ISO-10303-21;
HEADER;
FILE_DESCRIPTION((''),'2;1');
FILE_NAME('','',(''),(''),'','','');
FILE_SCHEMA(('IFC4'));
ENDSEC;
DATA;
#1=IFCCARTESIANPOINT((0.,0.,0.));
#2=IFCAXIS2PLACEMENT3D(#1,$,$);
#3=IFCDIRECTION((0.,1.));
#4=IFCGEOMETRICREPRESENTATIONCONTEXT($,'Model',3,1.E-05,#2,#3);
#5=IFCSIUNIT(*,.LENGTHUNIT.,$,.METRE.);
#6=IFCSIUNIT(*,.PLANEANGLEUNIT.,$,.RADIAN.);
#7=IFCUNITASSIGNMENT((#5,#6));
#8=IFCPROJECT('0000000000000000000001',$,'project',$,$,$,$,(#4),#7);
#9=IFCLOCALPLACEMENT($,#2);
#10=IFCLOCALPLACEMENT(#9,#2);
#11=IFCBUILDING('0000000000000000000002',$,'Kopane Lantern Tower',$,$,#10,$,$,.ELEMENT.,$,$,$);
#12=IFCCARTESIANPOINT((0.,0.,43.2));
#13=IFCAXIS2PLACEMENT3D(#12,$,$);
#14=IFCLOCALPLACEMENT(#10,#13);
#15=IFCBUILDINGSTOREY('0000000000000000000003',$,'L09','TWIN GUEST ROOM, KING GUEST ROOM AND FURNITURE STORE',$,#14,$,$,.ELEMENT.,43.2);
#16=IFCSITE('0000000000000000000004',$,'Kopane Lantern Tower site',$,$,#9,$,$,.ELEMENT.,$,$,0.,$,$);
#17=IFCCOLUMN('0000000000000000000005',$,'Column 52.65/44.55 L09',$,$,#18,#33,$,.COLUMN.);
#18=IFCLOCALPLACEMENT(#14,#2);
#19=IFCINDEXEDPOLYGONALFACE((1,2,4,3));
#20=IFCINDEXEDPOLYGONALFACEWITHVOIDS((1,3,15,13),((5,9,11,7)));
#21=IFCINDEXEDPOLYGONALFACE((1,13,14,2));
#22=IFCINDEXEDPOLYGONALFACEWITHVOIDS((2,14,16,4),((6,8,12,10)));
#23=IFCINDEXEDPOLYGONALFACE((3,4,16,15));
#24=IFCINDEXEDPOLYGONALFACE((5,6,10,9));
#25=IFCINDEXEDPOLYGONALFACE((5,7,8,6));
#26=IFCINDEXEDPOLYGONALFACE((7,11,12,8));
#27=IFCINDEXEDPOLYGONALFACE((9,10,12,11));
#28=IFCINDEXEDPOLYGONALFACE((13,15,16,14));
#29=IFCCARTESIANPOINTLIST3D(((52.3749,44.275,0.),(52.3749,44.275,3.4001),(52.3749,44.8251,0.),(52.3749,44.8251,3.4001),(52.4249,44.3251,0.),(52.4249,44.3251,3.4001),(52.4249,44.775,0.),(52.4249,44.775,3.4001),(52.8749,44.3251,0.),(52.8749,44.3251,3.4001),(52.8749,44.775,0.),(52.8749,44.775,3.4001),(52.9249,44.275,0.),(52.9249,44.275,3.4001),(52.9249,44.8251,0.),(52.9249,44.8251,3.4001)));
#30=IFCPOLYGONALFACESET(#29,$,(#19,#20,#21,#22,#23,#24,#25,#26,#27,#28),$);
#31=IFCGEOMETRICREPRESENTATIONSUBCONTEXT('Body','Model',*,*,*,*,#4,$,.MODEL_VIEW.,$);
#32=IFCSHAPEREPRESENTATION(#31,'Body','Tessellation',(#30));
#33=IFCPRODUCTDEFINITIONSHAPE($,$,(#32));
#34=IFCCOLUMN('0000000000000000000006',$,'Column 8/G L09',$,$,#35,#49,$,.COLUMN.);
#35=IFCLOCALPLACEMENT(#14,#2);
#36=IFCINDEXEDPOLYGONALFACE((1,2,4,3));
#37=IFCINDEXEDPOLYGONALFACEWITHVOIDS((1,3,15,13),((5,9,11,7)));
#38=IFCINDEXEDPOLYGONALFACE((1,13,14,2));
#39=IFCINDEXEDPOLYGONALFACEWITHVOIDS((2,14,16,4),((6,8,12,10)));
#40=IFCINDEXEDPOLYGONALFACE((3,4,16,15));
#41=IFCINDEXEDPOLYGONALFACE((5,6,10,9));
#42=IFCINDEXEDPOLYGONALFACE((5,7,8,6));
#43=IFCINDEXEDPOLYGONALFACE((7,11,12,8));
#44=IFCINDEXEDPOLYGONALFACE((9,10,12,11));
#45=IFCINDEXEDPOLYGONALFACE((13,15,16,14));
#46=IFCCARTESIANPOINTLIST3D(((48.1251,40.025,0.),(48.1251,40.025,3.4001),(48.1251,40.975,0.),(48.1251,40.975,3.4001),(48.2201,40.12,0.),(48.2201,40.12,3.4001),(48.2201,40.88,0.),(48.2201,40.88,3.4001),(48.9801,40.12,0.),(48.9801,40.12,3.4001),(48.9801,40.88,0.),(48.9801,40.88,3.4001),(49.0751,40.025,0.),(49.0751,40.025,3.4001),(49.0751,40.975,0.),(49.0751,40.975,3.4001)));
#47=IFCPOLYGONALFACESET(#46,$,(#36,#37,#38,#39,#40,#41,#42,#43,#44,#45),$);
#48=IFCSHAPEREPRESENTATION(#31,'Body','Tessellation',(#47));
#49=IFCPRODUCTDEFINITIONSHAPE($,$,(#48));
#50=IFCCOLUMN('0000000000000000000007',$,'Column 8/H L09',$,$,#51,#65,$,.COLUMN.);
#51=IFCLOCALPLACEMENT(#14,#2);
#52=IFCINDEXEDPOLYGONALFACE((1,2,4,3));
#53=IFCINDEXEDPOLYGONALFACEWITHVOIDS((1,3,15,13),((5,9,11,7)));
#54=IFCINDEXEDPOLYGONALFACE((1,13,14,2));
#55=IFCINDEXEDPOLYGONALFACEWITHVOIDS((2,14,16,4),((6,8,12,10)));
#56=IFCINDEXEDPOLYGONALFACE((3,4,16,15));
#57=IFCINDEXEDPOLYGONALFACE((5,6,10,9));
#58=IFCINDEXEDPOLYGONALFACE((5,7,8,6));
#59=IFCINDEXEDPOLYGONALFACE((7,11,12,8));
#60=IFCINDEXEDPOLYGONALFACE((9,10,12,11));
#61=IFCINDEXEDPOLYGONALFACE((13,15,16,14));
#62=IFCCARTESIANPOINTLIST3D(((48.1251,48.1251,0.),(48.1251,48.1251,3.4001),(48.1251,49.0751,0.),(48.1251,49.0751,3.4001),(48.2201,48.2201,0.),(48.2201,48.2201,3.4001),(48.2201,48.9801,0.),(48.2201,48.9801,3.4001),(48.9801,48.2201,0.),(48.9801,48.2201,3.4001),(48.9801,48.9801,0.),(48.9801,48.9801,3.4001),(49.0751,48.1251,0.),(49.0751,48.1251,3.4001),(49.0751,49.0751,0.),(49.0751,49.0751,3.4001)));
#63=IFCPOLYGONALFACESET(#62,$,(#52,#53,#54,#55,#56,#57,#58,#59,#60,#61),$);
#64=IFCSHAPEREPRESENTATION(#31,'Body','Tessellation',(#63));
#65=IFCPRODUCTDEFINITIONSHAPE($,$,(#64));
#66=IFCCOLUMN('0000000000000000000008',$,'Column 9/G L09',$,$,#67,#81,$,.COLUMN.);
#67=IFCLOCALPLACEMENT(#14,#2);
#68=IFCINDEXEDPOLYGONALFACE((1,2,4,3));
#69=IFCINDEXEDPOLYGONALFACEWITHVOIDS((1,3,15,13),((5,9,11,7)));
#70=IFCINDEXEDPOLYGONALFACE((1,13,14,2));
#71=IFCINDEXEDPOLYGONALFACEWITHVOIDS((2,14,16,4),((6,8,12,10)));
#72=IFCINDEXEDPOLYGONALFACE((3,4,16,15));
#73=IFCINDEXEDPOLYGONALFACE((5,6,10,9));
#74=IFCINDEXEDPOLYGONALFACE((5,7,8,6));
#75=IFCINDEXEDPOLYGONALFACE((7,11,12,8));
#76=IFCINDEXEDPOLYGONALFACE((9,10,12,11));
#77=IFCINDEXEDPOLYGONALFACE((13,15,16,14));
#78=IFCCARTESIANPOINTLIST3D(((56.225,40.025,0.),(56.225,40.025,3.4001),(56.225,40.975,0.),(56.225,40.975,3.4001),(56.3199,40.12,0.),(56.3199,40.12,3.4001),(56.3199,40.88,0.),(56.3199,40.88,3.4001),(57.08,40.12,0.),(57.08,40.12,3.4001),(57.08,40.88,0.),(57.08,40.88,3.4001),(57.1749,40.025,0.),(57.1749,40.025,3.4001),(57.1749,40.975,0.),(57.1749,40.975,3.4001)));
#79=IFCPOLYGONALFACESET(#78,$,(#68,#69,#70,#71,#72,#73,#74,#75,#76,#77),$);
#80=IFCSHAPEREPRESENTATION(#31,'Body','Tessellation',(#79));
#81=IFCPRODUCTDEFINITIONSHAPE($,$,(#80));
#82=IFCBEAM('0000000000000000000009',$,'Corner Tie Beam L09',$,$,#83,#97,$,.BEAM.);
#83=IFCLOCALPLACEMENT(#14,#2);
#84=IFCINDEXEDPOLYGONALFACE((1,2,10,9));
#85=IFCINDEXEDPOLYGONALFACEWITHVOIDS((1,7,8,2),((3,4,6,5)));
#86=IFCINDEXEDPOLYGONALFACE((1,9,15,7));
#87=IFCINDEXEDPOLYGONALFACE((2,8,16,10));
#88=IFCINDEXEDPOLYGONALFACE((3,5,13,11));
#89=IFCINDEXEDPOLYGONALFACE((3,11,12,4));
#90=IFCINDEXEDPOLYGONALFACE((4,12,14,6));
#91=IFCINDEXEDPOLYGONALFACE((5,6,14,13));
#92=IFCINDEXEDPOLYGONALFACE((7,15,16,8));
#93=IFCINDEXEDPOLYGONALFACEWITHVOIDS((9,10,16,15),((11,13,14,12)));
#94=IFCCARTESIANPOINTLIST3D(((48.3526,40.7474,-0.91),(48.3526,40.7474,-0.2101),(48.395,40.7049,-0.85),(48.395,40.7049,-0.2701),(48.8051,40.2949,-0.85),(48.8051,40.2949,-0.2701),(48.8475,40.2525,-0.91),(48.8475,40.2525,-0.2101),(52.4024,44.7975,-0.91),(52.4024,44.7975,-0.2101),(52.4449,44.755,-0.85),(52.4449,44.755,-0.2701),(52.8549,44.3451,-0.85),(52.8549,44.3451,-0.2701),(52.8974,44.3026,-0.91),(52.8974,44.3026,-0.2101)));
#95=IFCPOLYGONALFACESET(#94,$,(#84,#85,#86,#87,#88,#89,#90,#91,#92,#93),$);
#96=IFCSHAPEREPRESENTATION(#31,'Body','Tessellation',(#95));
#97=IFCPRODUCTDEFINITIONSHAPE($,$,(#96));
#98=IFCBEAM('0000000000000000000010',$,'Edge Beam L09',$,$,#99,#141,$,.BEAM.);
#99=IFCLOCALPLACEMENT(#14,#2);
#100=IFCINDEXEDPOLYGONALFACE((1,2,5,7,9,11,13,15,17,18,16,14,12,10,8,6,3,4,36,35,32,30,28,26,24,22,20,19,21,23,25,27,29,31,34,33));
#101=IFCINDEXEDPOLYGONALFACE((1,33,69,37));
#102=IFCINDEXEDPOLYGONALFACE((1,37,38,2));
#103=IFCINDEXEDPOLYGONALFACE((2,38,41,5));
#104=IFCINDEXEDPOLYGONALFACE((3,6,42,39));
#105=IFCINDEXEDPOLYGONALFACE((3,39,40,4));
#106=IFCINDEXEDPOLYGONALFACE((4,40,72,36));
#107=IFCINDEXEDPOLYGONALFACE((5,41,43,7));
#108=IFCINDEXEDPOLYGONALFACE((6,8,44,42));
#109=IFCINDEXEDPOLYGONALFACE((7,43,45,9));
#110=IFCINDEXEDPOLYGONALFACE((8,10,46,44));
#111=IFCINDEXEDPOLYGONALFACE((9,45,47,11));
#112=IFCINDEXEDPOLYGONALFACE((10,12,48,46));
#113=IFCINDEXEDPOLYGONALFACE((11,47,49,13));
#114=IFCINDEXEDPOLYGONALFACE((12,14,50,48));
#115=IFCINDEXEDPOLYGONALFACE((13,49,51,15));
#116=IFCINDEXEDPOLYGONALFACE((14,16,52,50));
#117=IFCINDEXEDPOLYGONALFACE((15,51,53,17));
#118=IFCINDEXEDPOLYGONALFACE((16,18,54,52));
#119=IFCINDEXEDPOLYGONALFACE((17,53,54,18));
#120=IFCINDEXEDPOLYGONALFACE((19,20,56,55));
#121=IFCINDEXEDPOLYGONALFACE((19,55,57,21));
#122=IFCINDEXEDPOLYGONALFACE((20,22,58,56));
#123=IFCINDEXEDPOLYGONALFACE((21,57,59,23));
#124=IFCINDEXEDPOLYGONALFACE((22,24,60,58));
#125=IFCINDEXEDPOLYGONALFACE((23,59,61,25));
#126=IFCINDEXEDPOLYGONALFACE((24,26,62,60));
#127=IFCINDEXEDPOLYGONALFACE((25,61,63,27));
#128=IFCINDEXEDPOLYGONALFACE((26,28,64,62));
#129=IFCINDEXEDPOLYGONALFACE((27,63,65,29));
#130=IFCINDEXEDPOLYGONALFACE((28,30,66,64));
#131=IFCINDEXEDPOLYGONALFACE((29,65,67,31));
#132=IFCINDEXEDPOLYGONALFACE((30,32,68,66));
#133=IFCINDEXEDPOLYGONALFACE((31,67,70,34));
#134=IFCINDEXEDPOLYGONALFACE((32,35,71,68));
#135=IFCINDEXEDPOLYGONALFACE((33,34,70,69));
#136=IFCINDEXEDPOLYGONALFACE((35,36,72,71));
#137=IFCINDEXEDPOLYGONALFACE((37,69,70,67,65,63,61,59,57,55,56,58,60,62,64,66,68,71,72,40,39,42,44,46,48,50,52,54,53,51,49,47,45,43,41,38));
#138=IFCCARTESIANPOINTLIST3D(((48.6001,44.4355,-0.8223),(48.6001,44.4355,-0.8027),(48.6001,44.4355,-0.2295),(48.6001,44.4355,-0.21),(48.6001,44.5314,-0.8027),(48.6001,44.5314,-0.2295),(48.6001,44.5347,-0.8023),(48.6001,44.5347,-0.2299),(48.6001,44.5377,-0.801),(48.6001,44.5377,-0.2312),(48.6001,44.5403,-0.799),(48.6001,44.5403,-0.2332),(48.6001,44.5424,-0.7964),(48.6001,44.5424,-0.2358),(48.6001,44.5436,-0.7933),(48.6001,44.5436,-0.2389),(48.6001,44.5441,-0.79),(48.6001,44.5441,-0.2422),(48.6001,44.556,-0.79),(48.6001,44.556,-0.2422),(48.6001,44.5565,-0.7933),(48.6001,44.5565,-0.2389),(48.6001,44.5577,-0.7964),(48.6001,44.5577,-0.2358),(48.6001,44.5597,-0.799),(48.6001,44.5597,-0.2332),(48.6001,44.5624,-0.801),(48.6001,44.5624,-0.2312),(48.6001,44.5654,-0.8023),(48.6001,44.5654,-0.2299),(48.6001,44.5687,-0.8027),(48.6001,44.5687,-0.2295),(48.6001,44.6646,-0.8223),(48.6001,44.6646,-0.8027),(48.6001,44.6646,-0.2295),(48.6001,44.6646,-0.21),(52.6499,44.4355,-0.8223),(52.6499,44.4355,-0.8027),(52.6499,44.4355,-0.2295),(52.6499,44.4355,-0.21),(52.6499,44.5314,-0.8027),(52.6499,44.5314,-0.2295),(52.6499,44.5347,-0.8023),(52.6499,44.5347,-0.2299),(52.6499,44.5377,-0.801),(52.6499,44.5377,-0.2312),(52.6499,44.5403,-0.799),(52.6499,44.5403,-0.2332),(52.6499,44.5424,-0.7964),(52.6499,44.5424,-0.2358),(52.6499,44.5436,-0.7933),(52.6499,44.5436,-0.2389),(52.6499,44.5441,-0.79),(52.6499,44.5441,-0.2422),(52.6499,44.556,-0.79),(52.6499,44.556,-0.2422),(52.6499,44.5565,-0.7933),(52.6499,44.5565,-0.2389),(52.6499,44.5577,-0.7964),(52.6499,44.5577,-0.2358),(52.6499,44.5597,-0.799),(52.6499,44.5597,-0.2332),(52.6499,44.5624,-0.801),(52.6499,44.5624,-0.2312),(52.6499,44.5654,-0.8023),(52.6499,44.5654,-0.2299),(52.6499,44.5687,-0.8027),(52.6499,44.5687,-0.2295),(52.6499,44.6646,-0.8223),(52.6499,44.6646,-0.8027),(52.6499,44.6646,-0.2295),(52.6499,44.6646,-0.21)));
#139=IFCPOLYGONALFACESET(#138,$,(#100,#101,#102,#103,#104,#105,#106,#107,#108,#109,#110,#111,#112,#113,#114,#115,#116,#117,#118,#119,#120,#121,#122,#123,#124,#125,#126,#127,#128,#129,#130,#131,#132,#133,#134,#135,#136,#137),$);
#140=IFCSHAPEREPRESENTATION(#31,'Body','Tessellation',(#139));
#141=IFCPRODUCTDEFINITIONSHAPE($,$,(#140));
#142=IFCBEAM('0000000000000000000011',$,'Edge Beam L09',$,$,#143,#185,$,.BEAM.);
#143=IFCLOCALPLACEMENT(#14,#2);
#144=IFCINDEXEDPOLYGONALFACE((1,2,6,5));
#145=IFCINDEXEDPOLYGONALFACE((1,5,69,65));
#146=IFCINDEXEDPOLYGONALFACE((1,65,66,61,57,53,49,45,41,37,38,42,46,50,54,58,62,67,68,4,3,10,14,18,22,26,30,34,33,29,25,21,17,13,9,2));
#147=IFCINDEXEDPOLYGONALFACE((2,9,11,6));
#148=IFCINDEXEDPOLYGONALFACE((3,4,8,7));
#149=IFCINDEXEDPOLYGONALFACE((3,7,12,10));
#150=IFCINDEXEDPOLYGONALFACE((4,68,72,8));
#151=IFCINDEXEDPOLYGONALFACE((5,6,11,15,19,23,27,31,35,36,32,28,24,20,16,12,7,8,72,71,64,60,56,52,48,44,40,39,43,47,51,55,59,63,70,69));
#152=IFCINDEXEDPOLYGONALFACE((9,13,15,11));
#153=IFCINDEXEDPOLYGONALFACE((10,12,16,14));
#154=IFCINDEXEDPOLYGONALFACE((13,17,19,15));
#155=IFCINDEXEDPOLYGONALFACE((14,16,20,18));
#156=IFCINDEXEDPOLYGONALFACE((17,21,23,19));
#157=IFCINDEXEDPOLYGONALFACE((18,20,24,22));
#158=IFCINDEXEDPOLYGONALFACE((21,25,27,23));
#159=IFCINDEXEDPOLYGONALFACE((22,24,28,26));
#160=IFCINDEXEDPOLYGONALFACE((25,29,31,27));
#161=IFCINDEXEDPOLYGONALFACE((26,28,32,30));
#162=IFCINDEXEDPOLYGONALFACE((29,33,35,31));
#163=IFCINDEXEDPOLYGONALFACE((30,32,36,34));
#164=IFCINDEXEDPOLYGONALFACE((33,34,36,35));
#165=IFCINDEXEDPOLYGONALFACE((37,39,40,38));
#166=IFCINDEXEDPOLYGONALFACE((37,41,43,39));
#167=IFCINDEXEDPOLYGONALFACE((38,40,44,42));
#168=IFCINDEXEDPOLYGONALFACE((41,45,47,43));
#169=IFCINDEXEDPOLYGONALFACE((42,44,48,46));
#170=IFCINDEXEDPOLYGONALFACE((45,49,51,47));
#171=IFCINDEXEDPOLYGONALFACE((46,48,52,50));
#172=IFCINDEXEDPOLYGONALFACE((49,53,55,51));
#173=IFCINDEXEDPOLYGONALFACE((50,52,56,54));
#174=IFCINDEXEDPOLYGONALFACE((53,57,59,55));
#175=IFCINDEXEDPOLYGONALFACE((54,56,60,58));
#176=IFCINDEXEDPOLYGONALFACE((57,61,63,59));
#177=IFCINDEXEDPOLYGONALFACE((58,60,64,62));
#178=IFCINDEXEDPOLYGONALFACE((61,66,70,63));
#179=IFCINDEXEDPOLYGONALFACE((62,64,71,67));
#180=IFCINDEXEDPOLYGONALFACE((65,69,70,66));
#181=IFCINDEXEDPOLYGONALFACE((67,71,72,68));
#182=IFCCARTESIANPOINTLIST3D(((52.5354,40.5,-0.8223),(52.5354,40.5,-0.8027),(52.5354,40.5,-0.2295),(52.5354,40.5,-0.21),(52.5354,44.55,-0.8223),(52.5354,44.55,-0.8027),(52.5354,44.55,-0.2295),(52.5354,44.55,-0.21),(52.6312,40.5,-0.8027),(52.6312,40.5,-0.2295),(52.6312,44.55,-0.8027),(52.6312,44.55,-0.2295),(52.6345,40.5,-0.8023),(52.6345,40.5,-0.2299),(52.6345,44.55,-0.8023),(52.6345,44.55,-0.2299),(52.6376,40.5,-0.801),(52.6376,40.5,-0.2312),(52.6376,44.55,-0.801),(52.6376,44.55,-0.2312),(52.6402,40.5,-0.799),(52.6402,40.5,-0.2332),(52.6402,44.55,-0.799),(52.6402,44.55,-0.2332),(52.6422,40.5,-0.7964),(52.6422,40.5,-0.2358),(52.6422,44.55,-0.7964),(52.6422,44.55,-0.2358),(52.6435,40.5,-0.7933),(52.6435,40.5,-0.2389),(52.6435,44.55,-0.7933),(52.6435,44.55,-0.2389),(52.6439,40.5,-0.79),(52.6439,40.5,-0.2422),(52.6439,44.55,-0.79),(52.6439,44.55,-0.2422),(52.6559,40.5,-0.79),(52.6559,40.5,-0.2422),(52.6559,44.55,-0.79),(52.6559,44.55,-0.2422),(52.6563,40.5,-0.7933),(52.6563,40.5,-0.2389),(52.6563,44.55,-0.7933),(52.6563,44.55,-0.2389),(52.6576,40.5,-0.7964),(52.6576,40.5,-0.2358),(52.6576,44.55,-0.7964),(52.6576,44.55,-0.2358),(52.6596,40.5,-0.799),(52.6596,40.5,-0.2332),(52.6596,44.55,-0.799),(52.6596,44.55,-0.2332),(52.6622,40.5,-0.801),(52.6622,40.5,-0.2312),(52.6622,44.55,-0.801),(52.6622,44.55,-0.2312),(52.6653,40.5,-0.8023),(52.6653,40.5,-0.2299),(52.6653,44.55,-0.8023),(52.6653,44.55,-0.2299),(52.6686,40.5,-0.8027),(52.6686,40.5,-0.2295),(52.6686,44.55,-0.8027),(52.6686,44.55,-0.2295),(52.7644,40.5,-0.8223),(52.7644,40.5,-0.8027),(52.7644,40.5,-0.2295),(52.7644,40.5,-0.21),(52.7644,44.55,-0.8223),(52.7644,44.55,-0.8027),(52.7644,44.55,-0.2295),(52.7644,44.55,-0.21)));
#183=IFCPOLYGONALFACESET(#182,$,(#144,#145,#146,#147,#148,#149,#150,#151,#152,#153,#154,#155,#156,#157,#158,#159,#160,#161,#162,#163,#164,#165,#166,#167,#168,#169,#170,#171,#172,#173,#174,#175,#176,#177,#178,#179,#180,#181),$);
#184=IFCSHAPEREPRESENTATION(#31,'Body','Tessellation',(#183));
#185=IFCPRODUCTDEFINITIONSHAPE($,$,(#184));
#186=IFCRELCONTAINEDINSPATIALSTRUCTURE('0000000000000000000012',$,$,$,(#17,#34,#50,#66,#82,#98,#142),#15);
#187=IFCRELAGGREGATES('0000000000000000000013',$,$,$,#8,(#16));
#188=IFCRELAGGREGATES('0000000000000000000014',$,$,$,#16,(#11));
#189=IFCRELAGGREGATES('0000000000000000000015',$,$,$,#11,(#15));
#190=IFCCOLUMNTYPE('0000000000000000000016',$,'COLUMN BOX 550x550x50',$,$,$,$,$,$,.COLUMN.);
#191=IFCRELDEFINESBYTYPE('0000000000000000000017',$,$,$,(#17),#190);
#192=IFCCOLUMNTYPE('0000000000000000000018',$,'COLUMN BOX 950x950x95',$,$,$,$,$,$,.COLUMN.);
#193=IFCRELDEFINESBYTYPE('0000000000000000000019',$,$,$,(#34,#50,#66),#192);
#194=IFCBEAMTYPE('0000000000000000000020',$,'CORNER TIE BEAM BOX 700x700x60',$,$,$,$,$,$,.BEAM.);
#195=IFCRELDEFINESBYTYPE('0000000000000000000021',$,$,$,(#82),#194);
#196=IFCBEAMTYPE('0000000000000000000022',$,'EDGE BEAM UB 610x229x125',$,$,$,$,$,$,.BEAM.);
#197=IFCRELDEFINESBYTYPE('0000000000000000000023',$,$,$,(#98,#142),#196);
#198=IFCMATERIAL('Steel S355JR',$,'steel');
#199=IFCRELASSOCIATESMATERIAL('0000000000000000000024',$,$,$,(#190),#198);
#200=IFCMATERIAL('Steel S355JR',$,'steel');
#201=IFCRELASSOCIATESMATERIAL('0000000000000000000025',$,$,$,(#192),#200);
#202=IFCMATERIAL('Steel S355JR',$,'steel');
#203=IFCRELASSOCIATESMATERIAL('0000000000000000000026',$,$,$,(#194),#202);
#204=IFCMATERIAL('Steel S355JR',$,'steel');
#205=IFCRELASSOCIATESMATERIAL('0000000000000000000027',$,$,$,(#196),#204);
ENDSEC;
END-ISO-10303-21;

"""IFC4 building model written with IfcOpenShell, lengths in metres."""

from ifc_helpers import new_model, si_unit, direction, frame, origin, origin_2d, place, context, subcontext, project, spatial, hollow_rectangle, i_section, extrude, material, material_profile, profile_set, type_object, element, save


model = new_model("IFC4")

# Units and contexts
model_context = context("Model", 3, precision=1e-05, world=origin(), true_north=direction((0.0, 1.0)))
body_context = subcontext(model_context, "Body", "Model", "MODEL_VIEW")
ifc_project = project(units=[si_unit("LENGTHUNIT", "METRE"), si_unit("PLANEANGLEUNIT", "RADIAN")], contexts=[model_context])

# Site, building, storey
site_placement = place(None, origin())
site = spatial("IfcSite", under=ifc_project, at=site_placement, Name="Kopane Lantern Tower site", CompositionType="ELEMENT", RefElevation=0.0)
building_placement = place(site_placement, origin())
building = spatial("IfcBuilding", under=site, at=building_placement, Name="Kopane Lantern Tower", CompositionType="ELEMENT")
storey_placement = place(building_placement, frame((0.0, 0.0, 43.2)))
storey = spatial("IfcBuildingStorey", under=building, at=storey_placement, Name="L09", Description="TWIN GUEST ROOM, KING GUEST ROOM AND FURNITURE STORE", CompositionType="ELEMENT", Elevation=43.2)

# Columns
ifc_material_1 = material(Name="Steel S355JR", Category="steel")
ifc_material_profile_1 = material_profile(ifc_material_1, hollow_rectangle(XDim=0.55, YDim=0.55, WallThickness=0.05, at=origin_2d()), Name="BOX 550x550x50")
ifc_profile_set_1 = profile_set([ifc_material_profile_1], Name="Steel S355JR")
column_type_1 = type_object("IfcColumnType", Name="COLUMN BOX 550x550x50", PredefinedType="COLUMN", material=ifc_profile_set_1)
column_placement = place(storey_placement, frame((52.6499, 44.55, 0.0), z_axis=(0.0, 0.0, 1.0), x_axis=(1.0, 0.0, 0.0)))
element("IfcColumn", 1, at=column_placement, inside=storey, type_object=column_type_1, Name="Column 52.65/44.55 L09", PredefinedType="COLUMN", context=body_context, shape_type="SweptSolid", body=[
    extrude(hollow_rectangle(XDim=0.55, YDim=0.55, WallThickness=0.05, at=origin_2d()), origin(), (0.0, 0.0, 1.0), 3.4001),
])
ifc_material_2 = material(Name="Steel S355JR", Category="steel")
ifc_material_profile_2 = material_profile(ifc_material_2, hollow_rectangle(XDim=0.95, YDim=0.95, WallThickness=0.095, at=origin_2d()), Name="BOX 950x950x95")
ifc_profile_set_2 = profile_set([ifc_material_profile_2], Name="Steel S355JR")
column_type_2 = type_object("IfcColumnType", Name="COLUMN BOX 950x950x95", PredefinedType="COLUMN", material=ifc_profile_set_2)
for number, where, z_axis, x_axis, name in (
    (2, (48.6001, 40.5, 0.0), (0.0, 0.0, 1.0), (1.0, 0.0, 0.0), "Column 8/G L09"),
    (3, (48.6001, 48.6001, 0.0), (0.0, 0.0, 1.0), (1.0, 0.0, 0.0), "Column 8/H L09"),
    (4, (56.7, 40.5, 0.0), (0.0, 0.0, 1.0), (1.0, 0.0, 0.0), "Column 9/G L09"),
):
    element("IfcColumn", number, at=place(storey_placement, frame(where, z_axis=z_axis, x_axis=x_axis)), inside=storey, type_object=column_type_2, Name=name, PredefinedType="COLUMN", context=body_context, shape_type="SweptSolid", body=[
        extrude(hollow_rectangle(XDim=0.95, YDim=0.95, WallThickness=0.095, at=origin_2d()), origin(), (0.0, 0.0, 1.0), 3.4001),
    ])

# Beams
ifc_material_3 = material(Name="Steel S355JR", Category="steel")
ifc_material_profile_3 = material_profile(ifc_material_3, hollow_rectangle(XDim=0.7, YDim=0.7, WallThickness=0.0601, at=origin_2d()), Name="BOX 700x700x60")
ifc_profile_set_3 = profile_set([ifc_material_profile_3], Name="Steel S355JR")
beam_type_1 = type_object("IfcBeamType", Name="CORNER TIE BEAM BOX 700x700x60", PredefinedType="BEAM", material=ifc_profile_set_3)
beam_1_placement = place(storey_placement, frame((52.6499, 44.55, -0.5601), z_axis=(-0.707085, -0.707128, 0.0), x_axis=(0.707128, -0.707085, 0.0)))
element("IfcBeam", 5, at=beam_1_placement, inside=storey, type_object=beam_type_1, Name="Corner Tie Beam L09", PredefinedType="BEAM", context=body_context, shape_type="SweptSolid", body=[
    extrude(hollow_rectangle(XDim=0.7, YDim=0.7, WallThickness=0.0601, at=origin_2d()), origin(), (0.0, 0.0, 1.0), 5.7275),
])
ifc_material_4 = material(Name="Steel S355JR", Category="steel")
ifc_material_profile_4 = material_profile(ifc_material_4, i_section(OverallWidth=0.229, OverallDepth=0.6123, WebThickness=0.012, FlangeThickness=0.0195, FilletRadius=0.0127, at=origin_2d()), Name="UB 610x229x125")
ifc_profile_set_4 = profile_set([ifc_material_profile_4], Name="Steel S355JR")
beam_type_2 = type_object("IfcBeamType", Name="EDGE BEAM UB 610x229x125", PredefinedType="BEAM", material=ifc_profile_set_4)
beam_2_placement = place(storey_placement, frame((52.6499, 44.55, -0.5161), z_axis=(-1.0, 0.0, 0.0), x_axis=(0.0, -1.0, 0.0)))
element("IfcBeam", 6, at=beam_2_placement, inside=storey, type_object=beam_type_2, Name="Edge Beam L09", PredefinedType="BEAM", context=body_context, shape_type="SweptSolid", body=[
    extrude(i_section(OverallWidth=0.229, OverallDepth=0.6123, WebThickness=0.012, FlangeThickness=0.0195, FilletRadius=0.0127, at=origin_2d()), origin(), (0.0, 0.0, 1.0), 4.0498),
])
beam_3_placement = place(storey_placement, frame((52.6499, 44.55, -0.5161), z_axis=(0.0, -1.0, 0.0), x_axis=(1.0, 0.0, 0.0)))
element("IfcBeam", 7, at=beam_3_placement, inside=storey, type_object=beam_type_2, Name="Edge Beam L09", PredefinedType="BEAM", context=body_context, shape_type="SweptSolid", body=[
    extrude(i_section(OverallWidth=0.229, OverallDepth=0.6123, WebThickness=0.012, FlangeThickness=0.0195, FilletRadius=0.0127, at=origin_2d()), origin(), (0.0, 0.0, 1.0), 4.05),
])

save(model, "model.ifc")
